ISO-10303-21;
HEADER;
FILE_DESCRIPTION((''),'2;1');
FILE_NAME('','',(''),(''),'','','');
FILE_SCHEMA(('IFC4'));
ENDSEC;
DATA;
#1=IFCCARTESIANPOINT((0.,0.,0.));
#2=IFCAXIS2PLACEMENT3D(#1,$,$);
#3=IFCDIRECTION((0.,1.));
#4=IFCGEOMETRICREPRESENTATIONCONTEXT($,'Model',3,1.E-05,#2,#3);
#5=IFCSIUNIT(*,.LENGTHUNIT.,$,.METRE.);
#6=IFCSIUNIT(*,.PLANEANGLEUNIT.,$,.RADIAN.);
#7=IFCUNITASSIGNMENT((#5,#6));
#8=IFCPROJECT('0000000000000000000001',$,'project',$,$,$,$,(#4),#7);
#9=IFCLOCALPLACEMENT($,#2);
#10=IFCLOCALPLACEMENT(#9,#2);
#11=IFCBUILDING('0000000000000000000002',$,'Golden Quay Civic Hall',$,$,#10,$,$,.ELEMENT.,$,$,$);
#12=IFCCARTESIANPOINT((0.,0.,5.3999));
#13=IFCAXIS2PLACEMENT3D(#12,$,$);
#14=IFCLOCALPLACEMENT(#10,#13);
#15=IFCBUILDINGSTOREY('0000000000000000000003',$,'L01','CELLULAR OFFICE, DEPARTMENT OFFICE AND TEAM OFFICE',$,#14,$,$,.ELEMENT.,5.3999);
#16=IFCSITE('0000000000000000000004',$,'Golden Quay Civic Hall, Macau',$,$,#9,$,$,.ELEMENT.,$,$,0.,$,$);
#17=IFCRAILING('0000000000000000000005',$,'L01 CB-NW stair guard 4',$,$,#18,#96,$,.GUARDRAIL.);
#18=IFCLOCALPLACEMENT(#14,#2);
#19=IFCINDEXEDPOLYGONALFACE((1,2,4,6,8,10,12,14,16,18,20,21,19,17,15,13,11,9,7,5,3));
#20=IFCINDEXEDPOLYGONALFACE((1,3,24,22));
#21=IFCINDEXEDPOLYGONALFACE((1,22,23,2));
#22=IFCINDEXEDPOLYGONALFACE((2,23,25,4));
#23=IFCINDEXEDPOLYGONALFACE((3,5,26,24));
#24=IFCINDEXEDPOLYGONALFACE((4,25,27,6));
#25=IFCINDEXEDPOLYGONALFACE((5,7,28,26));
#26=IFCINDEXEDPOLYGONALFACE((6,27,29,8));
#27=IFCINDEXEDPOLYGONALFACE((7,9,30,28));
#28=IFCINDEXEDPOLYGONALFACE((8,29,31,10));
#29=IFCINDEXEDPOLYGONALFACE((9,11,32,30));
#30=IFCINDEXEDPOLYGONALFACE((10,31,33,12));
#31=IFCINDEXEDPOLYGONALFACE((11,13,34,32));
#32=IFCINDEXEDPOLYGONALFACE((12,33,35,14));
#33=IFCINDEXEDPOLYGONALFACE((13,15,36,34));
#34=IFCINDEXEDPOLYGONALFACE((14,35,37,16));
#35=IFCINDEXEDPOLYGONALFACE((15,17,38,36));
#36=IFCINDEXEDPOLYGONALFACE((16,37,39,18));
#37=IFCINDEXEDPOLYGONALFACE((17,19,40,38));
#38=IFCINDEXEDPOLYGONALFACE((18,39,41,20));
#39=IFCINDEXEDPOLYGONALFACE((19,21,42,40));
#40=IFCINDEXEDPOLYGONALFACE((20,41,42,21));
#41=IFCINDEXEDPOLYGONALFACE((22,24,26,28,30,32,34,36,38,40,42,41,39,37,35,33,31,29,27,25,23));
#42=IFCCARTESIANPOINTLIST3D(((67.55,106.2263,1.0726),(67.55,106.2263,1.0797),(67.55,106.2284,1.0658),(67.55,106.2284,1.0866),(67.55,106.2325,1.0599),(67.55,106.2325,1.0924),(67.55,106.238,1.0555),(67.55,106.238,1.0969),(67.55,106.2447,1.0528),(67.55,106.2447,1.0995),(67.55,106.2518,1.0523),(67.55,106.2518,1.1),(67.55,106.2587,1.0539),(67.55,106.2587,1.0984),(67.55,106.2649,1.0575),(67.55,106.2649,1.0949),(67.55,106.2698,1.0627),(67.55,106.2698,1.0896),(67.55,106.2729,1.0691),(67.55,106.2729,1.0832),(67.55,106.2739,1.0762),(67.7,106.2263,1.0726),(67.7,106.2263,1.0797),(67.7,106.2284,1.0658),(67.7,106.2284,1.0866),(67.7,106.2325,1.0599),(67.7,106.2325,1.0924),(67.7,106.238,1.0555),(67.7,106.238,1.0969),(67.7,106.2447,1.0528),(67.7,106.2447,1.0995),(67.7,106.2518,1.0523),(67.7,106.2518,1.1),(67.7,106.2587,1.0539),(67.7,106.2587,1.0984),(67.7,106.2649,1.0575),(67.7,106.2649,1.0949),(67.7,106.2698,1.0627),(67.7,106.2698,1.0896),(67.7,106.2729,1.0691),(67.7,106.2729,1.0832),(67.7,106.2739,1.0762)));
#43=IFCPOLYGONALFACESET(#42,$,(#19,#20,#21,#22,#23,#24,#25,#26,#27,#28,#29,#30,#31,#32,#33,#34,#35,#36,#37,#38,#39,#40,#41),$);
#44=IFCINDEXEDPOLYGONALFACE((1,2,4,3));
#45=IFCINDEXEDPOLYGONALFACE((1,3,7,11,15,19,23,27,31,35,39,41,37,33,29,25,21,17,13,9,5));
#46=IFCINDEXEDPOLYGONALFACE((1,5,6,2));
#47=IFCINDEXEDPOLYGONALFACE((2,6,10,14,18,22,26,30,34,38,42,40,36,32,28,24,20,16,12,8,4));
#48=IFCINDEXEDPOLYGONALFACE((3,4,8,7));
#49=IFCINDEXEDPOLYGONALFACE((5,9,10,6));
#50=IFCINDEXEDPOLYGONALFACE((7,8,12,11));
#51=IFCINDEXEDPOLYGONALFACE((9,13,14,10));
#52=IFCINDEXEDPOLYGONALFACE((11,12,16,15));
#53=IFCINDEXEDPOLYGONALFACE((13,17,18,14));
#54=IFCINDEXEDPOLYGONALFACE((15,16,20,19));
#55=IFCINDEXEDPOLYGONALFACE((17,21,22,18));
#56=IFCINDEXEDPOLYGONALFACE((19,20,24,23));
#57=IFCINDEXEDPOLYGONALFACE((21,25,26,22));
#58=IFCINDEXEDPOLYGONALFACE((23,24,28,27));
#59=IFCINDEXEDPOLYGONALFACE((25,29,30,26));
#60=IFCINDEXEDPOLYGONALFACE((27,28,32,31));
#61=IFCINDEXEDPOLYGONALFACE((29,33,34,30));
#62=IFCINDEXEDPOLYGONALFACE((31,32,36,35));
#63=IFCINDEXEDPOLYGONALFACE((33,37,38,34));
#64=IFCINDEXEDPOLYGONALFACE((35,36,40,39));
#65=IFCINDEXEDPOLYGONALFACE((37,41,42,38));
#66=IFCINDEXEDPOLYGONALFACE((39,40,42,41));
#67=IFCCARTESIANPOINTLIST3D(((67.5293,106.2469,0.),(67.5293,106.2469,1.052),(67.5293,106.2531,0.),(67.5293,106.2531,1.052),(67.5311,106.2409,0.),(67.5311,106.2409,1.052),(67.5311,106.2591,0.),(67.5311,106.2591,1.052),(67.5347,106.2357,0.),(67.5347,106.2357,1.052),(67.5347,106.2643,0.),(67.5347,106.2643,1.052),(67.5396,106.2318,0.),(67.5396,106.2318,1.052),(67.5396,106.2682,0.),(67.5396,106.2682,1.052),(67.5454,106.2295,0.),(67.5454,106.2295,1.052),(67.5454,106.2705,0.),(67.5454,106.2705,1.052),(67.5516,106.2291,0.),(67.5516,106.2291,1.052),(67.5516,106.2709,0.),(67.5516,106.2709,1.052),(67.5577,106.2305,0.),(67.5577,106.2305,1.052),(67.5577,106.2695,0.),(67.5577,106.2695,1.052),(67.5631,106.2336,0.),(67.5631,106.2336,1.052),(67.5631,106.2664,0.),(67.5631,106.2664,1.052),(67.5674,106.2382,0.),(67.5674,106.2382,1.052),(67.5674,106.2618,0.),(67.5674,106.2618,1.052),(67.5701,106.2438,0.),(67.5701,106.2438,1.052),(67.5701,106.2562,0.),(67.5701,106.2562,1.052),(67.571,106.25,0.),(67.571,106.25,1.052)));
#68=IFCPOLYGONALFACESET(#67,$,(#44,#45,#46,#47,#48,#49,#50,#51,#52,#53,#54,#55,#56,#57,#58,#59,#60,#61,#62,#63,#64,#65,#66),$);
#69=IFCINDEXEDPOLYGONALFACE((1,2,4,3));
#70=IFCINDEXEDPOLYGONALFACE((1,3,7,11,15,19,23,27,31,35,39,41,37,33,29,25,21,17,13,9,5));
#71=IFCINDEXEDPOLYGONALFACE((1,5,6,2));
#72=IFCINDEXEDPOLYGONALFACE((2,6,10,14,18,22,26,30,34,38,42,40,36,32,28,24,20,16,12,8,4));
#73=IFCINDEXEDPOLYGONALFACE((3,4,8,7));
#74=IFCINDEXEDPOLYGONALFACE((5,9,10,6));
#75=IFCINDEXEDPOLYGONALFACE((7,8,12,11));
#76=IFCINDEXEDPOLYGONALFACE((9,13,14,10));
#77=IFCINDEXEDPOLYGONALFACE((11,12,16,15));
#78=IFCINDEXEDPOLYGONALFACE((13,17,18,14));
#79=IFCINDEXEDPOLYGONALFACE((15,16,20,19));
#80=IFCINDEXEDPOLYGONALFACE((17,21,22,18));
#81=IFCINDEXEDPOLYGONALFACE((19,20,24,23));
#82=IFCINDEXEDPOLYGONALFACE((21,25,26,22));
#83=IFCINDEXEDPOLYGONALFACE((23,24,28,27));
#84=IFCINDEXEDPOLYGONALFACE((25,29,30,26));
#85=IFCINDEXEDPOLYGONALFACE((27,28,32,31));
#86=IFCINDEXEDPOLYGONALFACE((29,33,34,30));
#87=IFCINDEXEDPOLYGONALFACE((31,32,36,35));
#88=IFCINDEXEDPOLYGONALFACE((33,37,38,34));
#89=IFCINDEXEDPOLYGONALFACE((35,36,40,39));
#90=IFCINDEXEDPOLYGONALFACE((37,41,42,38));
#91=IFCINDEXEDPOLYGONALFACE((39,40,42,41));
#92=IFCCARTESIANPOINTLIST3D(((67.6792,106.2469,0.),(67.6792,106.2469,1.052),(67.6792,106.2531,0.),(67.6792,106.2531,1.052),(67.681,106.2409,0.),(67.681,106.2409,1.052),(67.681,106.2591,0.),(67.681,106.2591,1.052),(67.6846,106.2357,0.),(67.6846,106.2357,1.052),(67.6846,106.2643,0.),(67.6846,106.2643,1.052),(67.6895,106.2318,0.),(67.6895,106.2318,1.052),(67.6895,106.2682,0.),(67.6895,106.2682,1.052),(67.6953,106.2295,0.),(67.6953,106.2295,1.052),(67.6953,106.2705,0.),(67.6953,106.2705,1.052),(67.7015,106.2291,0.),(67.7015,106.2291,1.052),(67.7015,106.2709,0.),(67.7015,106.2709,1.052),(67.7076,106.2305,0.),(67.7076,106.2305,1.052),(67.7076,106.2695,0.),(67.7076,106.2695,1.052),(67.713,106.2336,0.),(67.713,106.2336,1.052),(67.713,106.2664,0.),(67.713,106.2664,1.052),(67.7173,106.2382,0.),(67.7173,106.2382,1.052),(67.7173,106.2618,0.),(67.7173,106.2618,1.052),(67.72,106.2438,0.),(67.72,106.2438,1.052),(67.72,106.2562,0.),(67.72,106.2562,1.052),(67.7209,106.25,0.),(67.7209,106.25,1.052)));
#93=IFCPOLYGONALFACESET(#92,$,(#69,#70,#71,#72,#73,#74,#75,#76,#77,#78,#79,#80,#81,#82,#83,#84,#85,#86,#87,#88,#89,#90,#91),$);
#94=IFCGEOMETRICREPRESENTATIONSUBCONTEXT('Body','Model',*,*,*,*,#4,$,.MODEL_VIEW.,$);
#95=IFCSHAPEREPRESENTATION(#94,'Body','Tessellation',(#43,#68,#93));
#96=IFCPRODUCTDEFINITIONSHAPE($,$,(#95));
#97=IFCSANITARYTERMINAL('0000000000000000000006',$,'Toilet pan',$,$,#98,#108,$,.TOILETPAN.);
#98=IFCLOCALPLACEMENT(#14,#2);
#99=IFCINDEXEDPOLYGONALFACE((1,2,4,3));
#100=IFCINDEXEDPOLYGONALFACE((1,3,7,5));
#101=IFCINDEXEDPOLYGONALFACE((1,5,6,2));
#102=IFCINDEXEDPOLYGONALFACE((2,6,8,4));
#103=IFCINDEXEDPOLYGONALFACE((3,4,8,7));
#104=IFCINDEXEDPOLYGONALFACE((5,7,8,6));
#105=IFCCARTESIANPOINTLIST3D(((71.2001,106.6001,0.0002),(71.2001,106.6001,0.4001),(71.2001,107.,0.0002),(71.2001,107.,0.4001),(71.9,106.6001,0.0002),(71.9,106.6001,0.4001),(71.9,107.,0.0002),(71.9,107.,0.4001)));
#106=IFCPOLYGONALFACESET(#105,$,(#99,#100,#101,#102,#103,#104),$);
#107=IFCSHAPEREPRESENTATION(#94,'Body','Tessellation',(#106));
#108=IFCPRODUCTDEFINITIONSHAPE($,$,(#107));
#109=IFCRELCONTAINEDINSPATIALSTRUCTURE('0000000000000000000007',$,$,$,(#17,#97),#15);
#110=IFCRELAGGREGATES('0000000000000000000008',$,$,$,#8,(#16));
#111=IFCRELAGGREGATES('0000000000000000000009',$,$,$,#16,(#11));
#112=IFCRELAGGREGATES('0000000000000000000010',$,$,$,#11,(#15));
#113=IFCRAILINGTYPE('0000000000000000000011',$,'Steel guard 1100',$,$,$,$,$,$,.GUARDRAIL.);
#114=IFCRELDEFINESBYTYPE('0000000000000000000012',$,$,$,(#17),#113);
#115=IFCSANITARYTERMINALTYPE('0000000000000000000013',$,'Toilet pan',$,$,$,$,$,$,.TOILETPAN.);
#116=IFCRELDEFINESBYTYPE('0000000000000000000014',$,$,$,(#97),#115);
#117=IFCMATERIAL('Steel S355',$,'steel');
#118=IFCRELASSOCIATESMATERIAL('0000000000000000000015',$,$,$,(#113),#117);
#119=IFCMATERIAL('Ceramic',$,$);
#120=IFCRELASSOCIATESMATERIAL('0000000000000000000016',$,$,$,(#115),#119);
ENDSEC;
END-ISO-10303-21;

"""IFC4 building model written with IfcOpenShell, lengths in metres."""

from ifc_helpers import new_model, si_unit, direction, frame, origin, origin_2d, place, context, subcontext, project, spatial, rectangle, circle, extrude, material, type_object, element, save


model = new_model("IFC4")

# Units and contexts
model_context = context("Model", 3, precision=1e-05, world=origin(), true_north=direction((0.0, 1.0)))
body_context = subcontext(model_context, "Body", "Model", "MODEL_VIEW")
ifc_project = project(units=[si_unit("LENGTHUNIT", "METRE"), si_unit("PLANEANGLEUNIT", "RADIAN")], contexts=[model_context])

# Site, building, storey
site_placement = place(None, origin())
site = spatial("IfcSite", under=ifc_project, at=site_placement, Name="Golden Quay Civic Hall, Macau", CompositionType="ELEMENT", RefElevation=0.0)
building_placement = place(site_placement, origin())
building = spatial("IfcBuilding", under=site, at=building_placement, Name="Golden Quay Civic Hall", CompositionType="ELEMENT")
storey_placement = place(building_placement, frame((0.0, 0.0, 5.3999)))
storey = spatial("IfcBuildingStorey", under=building, at=storey_placement, Name="L01", Description="CELLULAR OFFICE, DEPARTMENT OFFICE AND TEAM OFFICE", CompositionType="ELEMENT", Elevation=5.3999)

# Railing
ifc_material_1 = material(Name="Steel S355", Category="steel")
railing_type = type_object("IfcRailingType", Name="Steel guard 1100", PredefinedType="GUARDRAIL", material=ifc_material_1)
railing_1_placement = place(storey_placement, frame((67.55, 106.25, 0.0)))
element("IfcRailing", 1, at=railing_1_placement, inside=storey, type_object=railing_type, Name="L01 CB-NW stair guard 4", PredefinedType="GUARDRAIL", context=body_context, shape_type="SweptSolid", body=[
    extrude(circle(Radius=0.0239, at=origin_2d()), frame((0.0, 0.0, 1.0762), z_axis=(1.0, 0.0, 0.0), x_axis=(0.0, 1.0, 0.0)), (0.0, 0.0, 1.0), 0.1499),
    extrude(circle(Radius=0.021, at=origin_2d()), origin(), (0.0, 0.0, 1.0), 1.052),
    extrude(circle(Radius=0.021, at=origin_2d()), frame((0.1499, 0.0, 0.0)), (0.0, 0.0, 1.0), 1.052),
])

# Sanitary terminal
ifc_material_2 = material(Name="Ceramic")
sanitary_terminal_type = type_object("IfcSanitaryTerminalType", Name="Toilet pan", PredefinedType="TOILETPAN", material=ifc_material_2)
sanitary_terminal_placement = place(storey_placement, frame((71.55, 106.8, 0.0002), z_axis=(0.0, 0.0, 1.0), x_axis=(0.0, 1.0, 0.0)))
element("IfcSanitaryTerminal", 2, at=sanitary_terminal_placement, inside=storey, type_object=sanitary_terminal_type, Name="Toilet pan", PredefinedType="TOILETPAN", context=body_context, shape_type="SweptSolid", body=[
    extrude(rectangle(XDim=0.3999, YDim=0.7, at=origin_2d()), origin(), (0.0, 0.0, 1.0), 0.3999),
])

save(model, "model.ifc")
